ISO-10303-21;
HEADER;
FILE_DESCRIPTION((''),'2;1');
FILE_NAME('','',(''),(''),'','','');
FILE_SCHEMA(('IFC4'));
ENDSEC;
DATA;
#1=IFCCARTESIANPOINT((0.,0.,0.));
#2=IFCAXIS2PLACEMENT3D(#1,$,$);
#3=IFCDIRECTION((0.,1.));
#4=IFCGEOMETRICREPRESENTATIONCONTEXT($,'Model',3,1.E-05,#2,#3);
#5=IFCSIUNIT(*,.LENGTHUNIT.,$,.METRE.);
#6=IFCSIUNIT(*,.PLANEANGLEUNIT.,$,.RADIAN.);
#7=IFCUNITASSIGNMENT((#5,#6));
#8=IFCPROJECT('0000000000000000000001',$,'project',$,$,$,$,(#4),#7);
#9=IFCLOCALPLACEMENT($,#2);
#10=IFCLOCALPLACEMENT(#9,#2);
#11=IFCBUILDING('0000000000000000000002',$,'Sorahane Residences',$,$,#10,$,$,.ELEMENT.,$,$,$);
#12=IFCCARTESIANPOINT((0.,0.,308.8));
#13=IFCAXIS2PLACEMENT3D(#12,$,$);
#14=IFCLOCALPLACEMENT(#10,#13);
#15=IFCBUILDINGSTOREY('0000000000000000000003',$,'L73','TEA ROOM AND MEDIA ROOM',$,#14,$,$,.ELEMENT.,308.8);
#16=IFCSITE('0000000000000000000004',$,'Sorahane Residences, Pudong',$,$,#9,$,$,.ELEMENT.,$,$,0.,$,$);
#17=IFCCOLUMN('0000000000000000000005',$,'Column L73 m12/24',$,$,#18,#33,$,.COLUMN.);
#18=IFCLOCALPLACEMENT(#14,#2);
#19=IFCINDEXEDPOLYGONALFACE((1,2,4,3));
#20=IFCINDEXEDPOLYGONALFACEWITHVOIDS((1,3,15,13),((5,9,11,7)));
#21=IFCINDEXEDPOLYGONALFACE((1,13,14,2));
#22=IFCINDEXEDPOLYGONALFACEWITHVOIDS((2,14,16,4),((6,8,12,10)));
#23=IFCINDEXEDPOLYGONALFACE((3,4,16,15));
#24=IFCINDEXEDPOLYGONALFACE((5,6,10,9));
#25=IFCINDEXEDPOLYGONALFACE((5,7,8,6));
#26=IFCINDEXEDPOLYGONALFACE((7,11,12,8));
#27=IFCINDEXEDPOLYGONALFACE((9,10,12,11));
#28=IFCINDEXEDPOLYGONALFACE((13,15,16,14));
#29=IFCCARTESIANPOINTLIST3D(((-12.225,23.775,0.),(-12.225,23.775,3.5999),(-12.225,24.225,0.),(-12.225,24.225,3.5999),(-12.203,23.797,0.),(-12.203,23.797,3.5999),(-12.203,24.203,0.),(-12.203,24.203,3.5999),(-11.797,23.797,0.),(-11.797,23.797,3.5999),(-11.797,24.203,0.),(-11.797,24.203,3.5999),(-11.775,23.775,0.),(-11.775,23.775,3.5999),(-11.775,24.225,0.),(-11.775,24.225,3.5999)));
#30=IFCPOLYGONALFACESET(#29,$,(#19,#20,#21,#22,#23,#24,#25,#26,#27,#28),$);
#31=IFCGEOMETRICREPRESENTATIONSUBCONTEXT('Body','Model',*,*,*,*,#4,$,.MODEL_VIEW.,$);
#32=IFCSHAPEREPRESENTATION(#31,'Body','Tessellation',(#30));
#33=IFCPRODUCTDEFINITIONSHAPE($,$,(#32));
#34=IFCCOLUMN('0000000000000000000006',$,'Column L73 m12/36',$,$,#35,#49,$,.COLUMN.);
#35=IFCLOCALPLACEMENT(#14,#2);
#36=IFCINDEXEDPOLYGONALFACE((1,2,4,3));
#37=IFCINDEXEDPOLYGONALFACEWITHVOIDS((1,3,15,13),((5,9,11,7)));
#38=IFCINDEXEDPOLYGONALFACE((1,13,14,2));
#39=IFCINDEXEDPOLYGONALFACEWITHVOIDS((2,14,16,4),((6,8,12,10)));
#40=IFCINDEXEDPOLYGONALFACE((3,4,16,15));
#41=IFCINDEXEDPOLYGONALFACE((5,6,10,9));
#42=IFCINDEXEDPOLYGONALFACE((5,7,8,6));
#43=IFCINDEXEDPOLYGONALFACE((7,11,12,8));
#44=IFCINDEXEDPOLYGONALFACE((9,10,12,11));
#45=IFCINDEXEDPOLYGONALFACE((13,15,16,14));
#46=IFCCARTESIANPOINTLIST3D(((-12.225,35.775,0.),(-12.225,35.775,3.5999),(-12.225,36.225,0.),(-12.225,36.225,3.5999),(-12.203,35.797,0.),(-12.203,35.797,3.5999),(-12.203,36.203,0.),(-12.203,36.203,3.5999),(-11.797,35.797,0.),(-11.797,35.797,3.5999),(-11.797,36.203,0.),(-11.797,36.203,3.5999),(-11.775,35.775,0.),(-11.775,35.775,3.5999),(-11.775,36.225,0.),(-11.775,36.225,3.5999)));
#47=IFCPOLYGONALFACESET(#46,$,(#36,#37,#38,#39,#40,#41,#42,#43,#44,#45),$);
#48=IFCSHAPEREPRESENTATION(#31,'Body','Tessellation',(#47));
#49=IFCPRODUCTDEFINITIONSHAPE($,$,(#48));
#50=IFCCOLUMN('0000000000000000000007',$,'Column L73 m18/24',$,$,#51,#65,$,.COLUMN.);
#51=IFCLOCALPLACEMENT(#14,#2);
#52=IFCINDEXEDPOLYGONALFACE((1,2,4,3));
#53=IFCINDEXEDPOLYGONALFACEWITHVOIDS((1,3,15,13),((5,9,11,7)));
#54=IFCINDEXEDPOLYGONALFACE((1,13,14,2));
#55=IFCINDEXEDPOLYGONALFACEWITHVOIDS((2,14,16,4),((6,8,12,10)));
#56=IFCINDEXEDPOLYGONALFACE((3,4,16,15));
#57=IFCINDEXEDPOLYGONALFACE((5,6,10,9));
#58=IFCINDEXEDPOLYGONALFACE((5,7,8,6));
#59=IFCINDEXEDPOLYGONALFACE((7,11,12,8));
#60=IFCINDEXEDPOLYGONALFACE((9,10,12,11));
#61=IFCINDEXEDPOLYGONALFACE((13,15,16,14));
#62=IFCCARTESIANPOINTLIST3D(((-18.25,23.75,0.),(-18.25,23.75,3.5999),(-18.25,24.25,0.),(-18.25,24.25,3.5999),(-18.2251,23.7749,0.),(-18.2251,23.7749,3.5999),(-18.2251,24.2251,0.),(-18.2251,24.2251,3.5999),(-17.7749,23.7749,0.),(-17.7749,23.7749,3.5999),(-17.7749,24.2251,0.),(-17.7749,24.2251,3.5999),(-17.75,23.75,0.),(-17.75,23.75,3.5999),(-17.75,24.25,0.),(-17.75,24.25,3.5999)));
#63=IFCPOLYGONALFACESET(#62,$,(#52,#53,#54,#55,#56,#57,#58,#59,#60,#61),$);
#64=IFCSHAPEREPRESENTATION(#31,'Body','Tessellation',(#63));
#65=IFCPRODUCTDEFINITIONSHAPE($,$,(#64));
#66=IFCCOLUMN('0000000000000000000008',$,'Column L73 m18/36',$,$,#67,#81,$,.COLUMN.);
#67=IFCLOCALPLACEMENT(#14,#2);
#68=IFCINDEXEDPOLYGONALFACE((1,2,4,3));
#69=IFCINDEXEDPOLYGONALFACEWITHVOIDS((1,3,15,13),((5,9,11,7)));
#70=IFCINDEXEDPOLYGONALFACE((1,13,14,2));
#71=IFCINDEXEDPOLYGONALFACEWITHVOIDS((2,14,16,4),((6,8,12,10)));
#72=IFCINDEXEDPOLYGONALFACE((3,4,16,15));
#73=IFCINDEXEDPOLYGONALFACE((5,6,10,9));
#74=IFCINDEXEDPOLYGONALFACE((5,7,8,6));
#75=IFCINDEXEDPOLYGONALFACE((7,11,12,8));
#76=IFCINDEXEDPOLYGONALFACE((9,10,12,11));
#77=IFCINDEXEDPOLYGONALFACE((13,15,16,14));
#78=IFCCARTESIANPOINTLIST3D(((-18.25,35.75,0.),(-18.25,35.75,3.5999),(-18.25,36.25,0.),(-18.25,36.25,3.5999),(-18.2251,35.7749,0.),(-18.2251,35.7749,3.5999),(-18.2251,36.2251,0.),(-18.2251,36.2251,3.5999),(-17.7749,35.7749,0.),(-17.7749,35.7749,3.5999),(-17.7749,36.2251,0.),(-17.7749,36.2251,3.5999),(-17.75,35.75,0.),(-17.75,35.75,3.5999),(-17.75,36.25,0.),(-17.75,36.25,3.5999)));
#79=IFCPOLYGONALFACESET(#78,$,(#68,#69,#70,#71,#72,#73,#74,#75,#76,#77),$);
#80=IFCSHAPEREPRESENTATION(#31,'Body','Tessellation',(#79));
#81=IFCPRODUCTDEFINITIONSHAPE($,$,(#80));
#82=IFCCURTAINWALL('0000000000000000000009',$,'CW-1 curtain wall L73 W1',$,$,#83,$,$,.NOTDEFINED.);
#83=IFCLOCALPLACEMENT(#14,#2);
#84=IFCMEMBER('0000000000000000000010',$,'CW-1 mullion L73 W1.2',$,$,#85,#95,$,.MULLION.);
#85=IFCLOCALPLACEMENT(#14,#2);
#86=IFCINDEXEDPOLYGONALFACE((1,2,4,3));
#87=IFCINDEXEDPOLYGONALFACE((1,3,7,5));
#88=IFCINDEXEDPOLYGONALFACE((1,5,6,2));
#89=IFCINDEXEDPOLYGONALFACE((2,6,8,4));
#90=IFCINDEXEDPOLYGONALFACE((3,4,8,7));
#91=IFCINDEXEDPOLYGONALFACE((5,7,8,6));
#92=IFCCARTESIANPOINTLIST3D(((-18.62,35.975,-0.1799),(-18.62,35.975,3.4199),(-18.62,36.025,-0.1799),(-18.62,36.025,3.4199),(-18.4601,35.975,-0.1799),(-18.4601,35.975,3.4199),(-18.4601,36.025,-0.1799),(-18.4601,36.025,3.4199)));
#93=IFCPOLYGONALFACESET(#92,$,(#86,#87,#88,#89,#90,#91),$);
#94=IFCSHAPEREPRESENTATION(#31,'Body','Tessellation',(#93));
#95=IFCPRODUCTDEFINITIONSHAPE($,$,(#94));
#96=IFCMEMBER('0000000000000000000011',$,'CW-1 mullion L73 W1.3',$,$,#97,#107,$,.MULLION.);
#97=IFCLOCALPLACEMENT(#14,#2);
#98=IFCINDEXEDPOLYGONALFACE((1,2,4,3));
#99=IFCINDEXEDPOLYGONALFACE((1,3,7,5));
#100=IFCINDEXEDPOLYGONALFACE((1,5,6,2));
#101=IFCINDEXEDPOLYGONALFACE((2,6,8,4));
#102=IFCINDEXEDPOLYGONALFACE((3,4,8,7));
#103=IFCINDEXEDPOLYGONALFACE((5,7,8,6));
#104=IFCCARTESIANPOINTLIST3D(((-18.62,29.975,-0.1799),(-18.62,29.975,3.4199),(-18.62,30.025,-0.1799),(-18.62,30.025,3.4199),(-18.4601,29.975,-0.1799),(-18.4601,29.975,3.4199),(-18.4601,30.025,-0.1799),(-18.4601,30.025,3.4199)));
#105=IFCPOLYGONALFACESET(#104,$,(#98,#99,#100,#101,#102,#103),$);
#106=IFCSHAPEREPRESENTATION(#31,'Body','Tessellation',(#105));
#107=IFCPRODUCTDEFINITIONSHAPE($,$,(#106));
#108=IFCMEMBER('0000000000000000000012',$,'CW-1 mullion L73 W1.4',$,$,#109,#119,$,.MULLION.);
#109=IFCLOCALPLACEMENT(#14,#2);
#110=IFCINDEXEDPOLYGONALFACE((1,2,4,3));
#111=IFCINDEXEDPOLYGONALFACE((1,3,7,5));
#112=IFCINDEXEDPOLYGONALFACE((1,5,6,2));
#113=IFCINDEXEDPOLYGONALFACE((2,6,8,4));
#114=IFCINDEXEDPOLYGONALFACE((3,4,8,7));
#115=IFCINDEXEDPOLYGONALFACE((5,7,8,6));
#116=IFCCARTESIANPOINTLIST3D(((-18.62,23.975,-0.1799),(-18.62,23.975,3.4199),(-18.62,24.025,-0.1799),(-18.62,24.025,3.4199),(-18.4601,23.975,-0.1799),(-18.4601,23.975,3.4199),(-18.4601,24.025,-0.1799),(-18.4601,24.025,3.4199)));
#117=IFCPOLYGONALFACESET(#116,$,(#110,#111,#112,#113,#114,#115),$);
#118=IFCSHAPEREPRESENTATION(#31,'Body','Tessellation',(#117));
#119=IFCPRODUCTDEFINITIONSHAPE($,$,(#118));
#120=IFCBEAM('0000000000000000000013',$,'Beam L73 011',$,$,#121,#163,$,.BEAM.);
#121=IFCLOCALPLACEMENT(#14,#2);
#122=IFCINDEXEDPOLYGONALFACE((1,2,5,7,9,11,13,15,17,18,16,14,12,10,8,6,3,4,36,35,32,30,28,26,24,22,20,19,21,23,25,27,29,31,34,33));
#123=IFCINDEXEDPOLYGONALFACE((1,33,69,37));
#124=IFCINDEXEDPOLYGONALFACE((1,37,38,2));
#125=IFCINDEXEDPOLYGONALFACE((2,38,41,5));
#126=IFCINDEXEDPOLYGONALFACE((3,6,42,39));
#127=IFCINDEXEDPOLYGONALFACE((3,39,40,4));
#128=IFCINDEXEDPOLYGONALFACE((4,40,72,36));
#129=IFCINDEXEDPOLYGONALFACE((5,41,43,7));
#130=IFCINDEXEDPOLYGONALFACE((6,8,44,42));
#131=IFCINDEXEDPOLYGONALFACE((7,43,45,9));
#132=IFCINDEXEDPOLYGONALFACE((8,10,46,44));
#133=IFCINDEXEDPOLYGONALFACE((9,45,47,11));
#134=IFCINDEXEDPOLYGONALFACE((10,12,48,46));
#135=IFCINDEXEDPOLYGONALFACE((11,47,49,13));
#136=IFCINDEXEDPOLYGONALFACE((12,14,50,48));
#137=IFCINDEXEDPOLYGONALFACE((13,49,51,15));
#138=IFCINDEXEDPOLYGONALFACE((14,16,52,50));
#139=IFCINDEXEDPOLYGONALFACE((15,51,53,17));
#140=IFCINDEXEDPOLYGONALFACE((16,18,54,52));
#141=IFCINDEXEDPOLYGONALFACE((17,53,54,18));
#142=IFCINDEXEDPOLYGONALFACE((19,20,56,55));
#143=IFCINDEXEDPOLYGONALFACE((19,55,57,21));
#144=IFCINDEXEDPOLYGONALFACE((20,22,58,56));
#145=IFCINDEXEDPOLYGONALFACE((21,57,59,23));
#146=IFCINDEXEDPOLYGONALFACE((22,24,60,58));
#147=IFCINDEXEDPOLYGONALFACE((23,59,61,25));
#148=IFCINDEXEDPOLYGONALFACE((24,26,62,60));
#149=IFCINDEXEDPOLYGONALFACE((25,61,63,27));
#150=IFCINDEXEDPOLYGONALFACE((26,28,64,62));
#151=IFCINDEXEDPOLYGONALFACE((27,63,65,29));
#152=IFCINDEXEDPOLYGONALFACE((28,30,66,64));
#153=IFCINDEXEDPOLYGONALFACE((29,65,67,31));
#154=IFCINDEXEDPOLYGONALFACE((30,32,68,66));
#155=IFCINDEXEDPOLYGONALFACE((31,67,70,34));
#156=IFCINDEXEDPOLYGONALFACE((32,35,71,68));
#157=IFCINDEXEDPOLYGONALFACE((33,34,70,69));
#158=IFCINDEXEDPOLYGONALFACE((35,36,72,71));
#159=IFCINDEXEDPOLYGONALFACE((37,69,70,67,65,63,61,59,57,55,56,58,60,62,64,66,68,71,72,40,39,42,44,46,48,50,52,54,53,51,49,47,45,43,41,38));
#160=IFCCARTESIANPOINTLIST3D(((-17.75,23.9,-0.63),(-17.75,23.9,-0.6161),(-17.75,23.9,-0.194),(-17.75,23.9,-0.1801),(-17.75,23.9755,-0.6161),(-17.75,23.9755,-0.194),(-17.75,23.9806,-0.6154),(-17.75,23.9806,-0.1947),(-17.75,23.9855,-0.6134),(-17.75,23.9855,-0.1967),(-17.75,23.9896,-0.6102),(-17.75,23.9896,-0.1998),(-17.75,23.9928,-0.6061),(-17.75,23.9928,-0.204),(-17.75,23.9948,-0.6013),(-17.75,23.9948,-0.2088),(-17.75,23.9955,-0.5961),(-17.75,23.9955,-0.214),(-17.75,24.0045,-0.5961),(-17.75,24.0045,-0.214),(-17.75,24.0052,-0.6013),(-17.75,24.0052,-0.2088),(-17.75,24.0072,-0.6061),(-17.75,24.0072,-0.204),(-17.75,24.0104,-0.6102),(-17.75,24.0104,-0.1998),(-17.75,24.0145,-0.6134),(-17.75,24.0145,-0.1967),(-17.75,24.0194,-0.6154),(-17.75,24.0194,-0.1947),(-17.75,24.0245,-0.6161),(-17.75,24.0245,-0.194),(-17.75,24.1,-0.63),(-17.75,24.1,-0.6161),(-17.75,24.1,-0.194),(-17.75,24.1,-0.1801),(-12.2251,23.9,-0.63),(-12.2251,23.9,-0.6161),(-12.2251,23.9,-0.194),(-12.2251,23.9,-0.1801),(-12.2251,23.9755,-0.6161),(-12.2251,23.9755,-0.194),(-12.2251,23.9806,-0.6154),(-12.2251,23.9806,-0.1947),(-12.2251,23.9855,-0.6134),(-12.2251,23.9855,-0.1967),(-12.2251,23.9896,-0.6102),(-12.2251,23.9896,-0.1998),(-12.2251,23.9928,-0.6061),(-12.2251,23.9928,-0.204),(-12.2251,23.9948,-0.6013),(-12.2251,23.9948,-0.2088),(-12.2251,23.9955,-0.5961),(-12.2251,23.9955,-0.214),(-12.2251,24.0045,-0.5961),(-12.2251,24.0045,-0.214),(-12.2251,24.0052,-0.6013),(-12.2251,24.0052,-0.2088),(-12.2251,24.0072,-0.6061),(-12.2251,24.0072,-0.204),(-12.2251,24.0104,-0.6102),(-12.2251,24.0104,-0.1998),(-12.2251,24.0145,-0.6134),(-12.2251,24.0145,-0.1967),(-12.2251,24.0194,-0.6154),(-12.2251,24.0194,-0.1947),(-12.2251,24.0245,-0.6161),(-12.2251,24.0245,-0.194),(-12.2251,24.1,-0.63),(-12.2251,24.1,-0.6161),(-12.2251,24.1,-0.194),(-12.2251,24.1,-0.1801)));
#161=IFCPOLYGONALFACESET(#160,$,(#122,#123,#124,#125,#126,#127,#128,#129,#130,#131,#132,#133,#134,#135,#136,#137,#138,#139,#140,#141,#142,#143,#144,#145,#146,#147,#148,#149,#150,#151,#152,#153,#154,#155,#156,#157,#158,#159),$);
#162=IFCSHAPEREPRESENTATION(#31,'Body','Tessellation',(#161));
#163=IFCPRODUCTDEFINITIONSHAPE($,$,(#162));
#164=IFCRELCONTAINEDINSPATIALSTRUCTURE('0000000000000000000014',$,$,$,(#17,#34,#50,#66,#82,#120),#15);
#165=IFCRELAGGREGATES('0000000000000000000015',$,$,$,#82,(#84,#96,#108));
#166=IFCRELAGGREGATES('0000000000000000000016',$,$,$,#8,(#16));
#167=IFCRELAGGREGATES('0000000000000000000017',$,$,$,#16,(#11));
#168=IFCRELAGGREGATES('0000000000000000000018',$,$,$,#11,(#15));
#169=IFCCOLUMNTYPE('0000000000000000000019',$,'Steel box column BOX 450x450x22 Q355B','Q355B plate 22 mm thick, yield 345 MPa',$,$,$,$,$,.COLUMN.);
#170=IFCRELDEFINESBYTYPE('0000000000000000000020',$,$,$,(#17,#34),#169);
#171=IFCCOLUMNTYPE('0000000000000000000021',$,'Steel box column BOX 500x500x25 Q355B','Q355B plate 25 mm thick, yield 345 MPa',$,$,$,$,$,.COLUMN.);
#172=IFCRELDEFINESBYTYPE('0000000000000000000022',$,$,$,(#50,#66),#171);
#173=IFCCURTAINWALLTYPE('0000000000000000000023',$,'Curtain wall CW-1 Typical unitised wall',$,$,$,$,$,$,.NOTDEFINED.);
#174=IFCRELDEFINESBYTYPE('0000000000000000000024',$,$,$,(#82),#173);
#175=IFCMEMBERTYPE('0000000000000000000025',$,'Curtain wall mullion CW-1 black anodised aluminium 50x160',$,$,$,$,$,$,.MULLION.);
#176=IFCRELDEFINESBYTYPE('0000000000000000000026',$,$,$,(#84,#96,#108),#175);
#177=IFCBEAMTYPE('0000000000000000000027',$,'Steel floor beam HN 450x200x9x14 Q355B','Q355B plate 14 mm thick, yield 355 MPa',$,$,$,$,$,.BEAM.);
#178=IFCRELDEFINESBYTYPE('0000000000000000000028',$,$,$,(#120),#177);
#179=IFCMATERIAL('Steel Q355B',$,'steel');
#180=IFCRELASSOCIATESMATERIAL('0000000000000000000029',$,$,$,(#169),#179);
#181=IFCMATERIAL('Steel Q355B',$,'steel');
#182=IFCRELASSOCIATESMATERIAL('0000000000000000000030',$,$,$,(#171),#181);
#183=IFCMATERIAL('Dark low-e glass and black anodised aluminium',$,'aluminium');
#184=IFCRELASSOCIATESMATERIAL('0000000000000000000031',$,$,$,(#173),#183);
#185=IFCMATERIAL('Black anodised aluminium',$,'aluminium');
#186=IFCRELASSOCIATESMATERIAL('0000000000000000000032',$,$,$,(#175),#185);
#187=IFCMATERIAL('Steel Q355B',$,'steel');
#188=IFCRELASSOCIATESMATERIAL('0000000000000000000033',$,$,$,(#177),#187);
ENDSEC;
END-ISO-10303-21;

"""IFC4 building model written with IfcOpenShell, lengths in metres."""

from ifc_helpers import new_model, si_unit, direction, frame, origin, origin_2d, place, context, subcontext, project, spatial, rectangle, hollow_rectangle, i_section, extrude, material, material_profile, profile_set, type_object, element, aggregate, save


model = new_model("IFC4")

# Units and contexts
model_context = context("Model", 3, precision=1e-05, world=origin(), true_north=direction((0.0, 1.0)))
body_context = subcontext(model_context, "Body", "Model", "MODEL_VIEW")
ifc_project = project(units=[si_unit("LENGTHUNIT", "METRE"), si_unit("PLANEANGLEUNIT", "RADIAN")], contexts=[model_context])

# Site, building, storey
site_placement = place(None, origin())
site = spatial("IfcSite", under=ifc_project, at=site_placement, Name="Sorahane Residences, Pudong", CompositionType="ELEMENT", RefElevation=0.0)
building_placement = place(site_placement, origin())
building = spatial("IfcBuilding", under=site, at=building_placement, Name="Sorahane Residences", CompositionType="ELEMENT")
storey_placement = place(building_placement, frame((0.0, 0.0, 308.8)))
storey = spatial("IfcBuildingStorey", under=building, at=storey_placement, Name="L73", Description="TEA ROOM AND MEDIA ROOM", CompositionType="ELEMENT", Elevation=308.8)

# Columns
ifc_material_1 = material(Name="Steel Q355B", Category="steel")
ifc_material_profile_1 = material_profile(ifc_material_1, hollow_rectangle(XDim=0.45, YDim=0.45, WallThickness=0.022, at=origin_2d()), Name="BOX 450x450x22")
ifc_profile_set_1 = profile_set([ifc_material_profile_1], Name="Steel Q355B")
column_type_1 = type_object("IfcColumnType", Name="Steel box column BOX 450x450x22 Q355B", Description="Q355B plate 22 mm thick, yield 345 MPa", PredefinedType="COLUMN", material=ifc_profile_set_1)
for number, where, z_axis, x_axis, name in (
    (1, (-12.0, 24.0, 0.0), (0.0, 0.0, 1.0), (1.0, 0.0, 0.0), "Column L73 m12/24"),
    (2, (-12.0, 36.0, 0.0), (0.0, 0.0, 1.0), (1.0, 0.0, 0.0), "Column L73 m12/36"),
):
    element("IfcColumn", number, at=place(storey_placement, frame(where, z_axis=z_axis, x_axis=x_axis)), inside=storey, type_object=column_type_1, Name=name, PredefinedType="COLUMN", context=body_context, shape_type="SweptSolid", body=[
        extrude(hollow_rectangle(XDim=0.45, YDim=0.45, WallThickness=0.022, at=origin_2d()), origin(), (0.0, 0.0, 1.0), 3.5999),
    ])
ifc_material_2 = material(Name="Steel Q355B", Category="steel")
ifc_material_profile_2 = material_profile(ifc_material_2, hollow_rectangle(XDim=0.5, YDim=0.5, WallThickness=0.0249, at=origin_2d()), Name="BOX 500x500x25")
ifc_profile_set_2 = profile_set([ifc_material_profile_2], Name="Steel Q355B")
column_type_2 = type_object("IfcColumnType", Name="Steel box column BOX 500x500x25 Q355B", Description="Q355B plate 25 mm thick, yield 345 MPa", PredefinedType="COLUMN", material=ifc_profile_set_2)
for number, where, z_axis, x_axis, name in (
    (3, (-18.0, 24.0, 0.0), (0.0, 0.0, 1.0), (1.0, 0.0, 0.0), "Column L73 m18/24"),
    (4, (-18.0, 36.0, 0.0), (0.0, 0.0, 1.0), (1.0, 0.0, 0.0), "Column L73 m18/36"),
):
    element("IfcColumn", number, at=place(storey_placement, frame(where, z_axis=z_axis, x_axis=x_axis)), inside=storey, type_object=column_type_2, Name=name, PredefinedType="COLUMN", context=body_context, shape_type="SweptSolid", body=[
        extrude(hollow_rectangle(XDim=0.5, YDim=0.5, WallThickness=0.0249, at=origin_2d()), origin(), (0.0, 0.0, 1.0), 3.5999),
    ])

# Curtain wall, members
ifc_material_3 = material(Name="Dark low-e glass and black anodised aluminium", Category="aluminium")
curtain_wall_type = type_object("IfcCurtainWallType", Name="Curtain wall CW-1 Typical unitised wall", PredefinedType="NOTDEFINED", material=ifc_material_3)
curtain_wall_placement = place(storey_placement, origin())
curtain_wall = element("IfcCurtainWall", 5, at=curtain_wall_placement, inside=storey, type_object=curtain_wall_type, Name="CW-1 curtain wall L73 W1", PredefinedType="NOTDEFINED")
ifc_material_4 = material(Name="Black anodised aluminium", Category="aluminium")
ifc_material_profile_3 = material_profile(ifc_material_4, rectangle(XDim=0.1599, YDim=0.05, at=origin_2d()), Name="Curtain wall mullion CW-1 black anodised aluminium 50x160")
ifc_profile_set_3 = profile_set([ifc_material_profile_3], Name="Black anodised aluminium")
member_type = type_object("IfcMemberType", Name="Curtain wall mullion CW-1 black anodised aluminium 50x160", PredefinedType="MULLION", material=ifc_profile_set_3)
member_1_placement = place(storey_placement, frame((-18.54, 36.0, -0.1799), z_axis=(0.0, 0.0, 1.0), x_axis=(-1.0, 0.0, 0.0)))
member_1 = element("IfcMember", 6, at=member_1_placement, type_object=member_type, Name="CW-1 mullion L73 W1.2", PredefinedType="MULLION", context=body_context, shape_type="SweptSolid", body=[
    extrude(rectangle(XDim=0.1599, YDim=0.05, at=origin_2d()), origin(), (0.0, 0.0, 1.0), 3.5999),
])
member_2_placement = place(storey_placement, frame((-18.54, 30.0, -0.1799), z_axis=(0.0, 0.0, 1.0), x_axis=(-1.0, 0.0, 0.0)))
member_2 = element("IfcMember", 7, at=member_2_placement, type_object=member_type, Name="CW-1 mullion L73 W1.3", PredefinedType="MULLION", context=body_context, shape_type="SweptSolid", body=[
    extrude(rectangle(XDim=0.1599, YDim=0.05, at=origin_2d()), origin(), (0.0, 0.0, 1.0), 3.5999),
])
member_3_placement = place(storey_placement, frame((-18.54, 24.0, -0.1799), z_axis=(0.0, 0.0, 1.0), x_axis=(-1.0, 0.0, 0.0)))
member_3 = element("IfcMember", 8, at=member_3_placement, type_object=member_type, Name="CW-1 mullion L73 W1.4", PredefinedType="MULLION", context=body_context, shape_type="SweptSolid", body=[
    extrude(rectangle(XDim=0.1599, YDim=0.05, at=origin_2d()), origin(), (0.0, 0.0, 1.0), 3.5999),
])

# Beam
ifc_material_5 = material(Name="Steel Q355B", Category="steel")
ifc_material_profile_4 = material_profile(ifc_material_5, i_section(OverallWidth=0.2, OverallDepth=0.45, WebThickness=0.009, FlangeThickness=0.0139, FilletRadius=0.02, at=origin_2d()), Name="HN 450x200x9x14")
ifc_profile_set_4 = profile_set([ifc_material_profile_4], Name="Steel Q355B")
beam_type_1 = type_object("IfcBeamType", Name="Steel floor beam HN 450x200x9x14 Q355B", Description="Q355B plate 14 mm thick, yield 355 MPa", PredefinedType="BEAM", material=ifc_profile_set_4)
for number, where, z_axis, x_axis, name in (
    (9, (-17.75, 24.0, -0.405), (1.0, 0.0, 0.0), (0.0, 1.0, 0.0), "Beam L73 011"),
):
    element("IfcBeam", number, at=place(storey_placement, frame(where, z_axis=z_axis, x_axis=x_axis)), inside=storey, type_object=beam_type_1, Name=name, PredefinedType="BEAM", context=body_context, shape_type="SweptSolid", body=[
        extrude(i_section(OverallWidth=0.2, OverallDepth=0.45, WebThickness=0.009, FlangeThickness=0.0139, FilletRadius=0.02, at=origin_2d()), origin(), (0.0, 0.0, 1.0), 5.5249),
    ])

aggregate(curtain_wall, [member_1, member_2, member_3])

save(model, "model.ifc")
